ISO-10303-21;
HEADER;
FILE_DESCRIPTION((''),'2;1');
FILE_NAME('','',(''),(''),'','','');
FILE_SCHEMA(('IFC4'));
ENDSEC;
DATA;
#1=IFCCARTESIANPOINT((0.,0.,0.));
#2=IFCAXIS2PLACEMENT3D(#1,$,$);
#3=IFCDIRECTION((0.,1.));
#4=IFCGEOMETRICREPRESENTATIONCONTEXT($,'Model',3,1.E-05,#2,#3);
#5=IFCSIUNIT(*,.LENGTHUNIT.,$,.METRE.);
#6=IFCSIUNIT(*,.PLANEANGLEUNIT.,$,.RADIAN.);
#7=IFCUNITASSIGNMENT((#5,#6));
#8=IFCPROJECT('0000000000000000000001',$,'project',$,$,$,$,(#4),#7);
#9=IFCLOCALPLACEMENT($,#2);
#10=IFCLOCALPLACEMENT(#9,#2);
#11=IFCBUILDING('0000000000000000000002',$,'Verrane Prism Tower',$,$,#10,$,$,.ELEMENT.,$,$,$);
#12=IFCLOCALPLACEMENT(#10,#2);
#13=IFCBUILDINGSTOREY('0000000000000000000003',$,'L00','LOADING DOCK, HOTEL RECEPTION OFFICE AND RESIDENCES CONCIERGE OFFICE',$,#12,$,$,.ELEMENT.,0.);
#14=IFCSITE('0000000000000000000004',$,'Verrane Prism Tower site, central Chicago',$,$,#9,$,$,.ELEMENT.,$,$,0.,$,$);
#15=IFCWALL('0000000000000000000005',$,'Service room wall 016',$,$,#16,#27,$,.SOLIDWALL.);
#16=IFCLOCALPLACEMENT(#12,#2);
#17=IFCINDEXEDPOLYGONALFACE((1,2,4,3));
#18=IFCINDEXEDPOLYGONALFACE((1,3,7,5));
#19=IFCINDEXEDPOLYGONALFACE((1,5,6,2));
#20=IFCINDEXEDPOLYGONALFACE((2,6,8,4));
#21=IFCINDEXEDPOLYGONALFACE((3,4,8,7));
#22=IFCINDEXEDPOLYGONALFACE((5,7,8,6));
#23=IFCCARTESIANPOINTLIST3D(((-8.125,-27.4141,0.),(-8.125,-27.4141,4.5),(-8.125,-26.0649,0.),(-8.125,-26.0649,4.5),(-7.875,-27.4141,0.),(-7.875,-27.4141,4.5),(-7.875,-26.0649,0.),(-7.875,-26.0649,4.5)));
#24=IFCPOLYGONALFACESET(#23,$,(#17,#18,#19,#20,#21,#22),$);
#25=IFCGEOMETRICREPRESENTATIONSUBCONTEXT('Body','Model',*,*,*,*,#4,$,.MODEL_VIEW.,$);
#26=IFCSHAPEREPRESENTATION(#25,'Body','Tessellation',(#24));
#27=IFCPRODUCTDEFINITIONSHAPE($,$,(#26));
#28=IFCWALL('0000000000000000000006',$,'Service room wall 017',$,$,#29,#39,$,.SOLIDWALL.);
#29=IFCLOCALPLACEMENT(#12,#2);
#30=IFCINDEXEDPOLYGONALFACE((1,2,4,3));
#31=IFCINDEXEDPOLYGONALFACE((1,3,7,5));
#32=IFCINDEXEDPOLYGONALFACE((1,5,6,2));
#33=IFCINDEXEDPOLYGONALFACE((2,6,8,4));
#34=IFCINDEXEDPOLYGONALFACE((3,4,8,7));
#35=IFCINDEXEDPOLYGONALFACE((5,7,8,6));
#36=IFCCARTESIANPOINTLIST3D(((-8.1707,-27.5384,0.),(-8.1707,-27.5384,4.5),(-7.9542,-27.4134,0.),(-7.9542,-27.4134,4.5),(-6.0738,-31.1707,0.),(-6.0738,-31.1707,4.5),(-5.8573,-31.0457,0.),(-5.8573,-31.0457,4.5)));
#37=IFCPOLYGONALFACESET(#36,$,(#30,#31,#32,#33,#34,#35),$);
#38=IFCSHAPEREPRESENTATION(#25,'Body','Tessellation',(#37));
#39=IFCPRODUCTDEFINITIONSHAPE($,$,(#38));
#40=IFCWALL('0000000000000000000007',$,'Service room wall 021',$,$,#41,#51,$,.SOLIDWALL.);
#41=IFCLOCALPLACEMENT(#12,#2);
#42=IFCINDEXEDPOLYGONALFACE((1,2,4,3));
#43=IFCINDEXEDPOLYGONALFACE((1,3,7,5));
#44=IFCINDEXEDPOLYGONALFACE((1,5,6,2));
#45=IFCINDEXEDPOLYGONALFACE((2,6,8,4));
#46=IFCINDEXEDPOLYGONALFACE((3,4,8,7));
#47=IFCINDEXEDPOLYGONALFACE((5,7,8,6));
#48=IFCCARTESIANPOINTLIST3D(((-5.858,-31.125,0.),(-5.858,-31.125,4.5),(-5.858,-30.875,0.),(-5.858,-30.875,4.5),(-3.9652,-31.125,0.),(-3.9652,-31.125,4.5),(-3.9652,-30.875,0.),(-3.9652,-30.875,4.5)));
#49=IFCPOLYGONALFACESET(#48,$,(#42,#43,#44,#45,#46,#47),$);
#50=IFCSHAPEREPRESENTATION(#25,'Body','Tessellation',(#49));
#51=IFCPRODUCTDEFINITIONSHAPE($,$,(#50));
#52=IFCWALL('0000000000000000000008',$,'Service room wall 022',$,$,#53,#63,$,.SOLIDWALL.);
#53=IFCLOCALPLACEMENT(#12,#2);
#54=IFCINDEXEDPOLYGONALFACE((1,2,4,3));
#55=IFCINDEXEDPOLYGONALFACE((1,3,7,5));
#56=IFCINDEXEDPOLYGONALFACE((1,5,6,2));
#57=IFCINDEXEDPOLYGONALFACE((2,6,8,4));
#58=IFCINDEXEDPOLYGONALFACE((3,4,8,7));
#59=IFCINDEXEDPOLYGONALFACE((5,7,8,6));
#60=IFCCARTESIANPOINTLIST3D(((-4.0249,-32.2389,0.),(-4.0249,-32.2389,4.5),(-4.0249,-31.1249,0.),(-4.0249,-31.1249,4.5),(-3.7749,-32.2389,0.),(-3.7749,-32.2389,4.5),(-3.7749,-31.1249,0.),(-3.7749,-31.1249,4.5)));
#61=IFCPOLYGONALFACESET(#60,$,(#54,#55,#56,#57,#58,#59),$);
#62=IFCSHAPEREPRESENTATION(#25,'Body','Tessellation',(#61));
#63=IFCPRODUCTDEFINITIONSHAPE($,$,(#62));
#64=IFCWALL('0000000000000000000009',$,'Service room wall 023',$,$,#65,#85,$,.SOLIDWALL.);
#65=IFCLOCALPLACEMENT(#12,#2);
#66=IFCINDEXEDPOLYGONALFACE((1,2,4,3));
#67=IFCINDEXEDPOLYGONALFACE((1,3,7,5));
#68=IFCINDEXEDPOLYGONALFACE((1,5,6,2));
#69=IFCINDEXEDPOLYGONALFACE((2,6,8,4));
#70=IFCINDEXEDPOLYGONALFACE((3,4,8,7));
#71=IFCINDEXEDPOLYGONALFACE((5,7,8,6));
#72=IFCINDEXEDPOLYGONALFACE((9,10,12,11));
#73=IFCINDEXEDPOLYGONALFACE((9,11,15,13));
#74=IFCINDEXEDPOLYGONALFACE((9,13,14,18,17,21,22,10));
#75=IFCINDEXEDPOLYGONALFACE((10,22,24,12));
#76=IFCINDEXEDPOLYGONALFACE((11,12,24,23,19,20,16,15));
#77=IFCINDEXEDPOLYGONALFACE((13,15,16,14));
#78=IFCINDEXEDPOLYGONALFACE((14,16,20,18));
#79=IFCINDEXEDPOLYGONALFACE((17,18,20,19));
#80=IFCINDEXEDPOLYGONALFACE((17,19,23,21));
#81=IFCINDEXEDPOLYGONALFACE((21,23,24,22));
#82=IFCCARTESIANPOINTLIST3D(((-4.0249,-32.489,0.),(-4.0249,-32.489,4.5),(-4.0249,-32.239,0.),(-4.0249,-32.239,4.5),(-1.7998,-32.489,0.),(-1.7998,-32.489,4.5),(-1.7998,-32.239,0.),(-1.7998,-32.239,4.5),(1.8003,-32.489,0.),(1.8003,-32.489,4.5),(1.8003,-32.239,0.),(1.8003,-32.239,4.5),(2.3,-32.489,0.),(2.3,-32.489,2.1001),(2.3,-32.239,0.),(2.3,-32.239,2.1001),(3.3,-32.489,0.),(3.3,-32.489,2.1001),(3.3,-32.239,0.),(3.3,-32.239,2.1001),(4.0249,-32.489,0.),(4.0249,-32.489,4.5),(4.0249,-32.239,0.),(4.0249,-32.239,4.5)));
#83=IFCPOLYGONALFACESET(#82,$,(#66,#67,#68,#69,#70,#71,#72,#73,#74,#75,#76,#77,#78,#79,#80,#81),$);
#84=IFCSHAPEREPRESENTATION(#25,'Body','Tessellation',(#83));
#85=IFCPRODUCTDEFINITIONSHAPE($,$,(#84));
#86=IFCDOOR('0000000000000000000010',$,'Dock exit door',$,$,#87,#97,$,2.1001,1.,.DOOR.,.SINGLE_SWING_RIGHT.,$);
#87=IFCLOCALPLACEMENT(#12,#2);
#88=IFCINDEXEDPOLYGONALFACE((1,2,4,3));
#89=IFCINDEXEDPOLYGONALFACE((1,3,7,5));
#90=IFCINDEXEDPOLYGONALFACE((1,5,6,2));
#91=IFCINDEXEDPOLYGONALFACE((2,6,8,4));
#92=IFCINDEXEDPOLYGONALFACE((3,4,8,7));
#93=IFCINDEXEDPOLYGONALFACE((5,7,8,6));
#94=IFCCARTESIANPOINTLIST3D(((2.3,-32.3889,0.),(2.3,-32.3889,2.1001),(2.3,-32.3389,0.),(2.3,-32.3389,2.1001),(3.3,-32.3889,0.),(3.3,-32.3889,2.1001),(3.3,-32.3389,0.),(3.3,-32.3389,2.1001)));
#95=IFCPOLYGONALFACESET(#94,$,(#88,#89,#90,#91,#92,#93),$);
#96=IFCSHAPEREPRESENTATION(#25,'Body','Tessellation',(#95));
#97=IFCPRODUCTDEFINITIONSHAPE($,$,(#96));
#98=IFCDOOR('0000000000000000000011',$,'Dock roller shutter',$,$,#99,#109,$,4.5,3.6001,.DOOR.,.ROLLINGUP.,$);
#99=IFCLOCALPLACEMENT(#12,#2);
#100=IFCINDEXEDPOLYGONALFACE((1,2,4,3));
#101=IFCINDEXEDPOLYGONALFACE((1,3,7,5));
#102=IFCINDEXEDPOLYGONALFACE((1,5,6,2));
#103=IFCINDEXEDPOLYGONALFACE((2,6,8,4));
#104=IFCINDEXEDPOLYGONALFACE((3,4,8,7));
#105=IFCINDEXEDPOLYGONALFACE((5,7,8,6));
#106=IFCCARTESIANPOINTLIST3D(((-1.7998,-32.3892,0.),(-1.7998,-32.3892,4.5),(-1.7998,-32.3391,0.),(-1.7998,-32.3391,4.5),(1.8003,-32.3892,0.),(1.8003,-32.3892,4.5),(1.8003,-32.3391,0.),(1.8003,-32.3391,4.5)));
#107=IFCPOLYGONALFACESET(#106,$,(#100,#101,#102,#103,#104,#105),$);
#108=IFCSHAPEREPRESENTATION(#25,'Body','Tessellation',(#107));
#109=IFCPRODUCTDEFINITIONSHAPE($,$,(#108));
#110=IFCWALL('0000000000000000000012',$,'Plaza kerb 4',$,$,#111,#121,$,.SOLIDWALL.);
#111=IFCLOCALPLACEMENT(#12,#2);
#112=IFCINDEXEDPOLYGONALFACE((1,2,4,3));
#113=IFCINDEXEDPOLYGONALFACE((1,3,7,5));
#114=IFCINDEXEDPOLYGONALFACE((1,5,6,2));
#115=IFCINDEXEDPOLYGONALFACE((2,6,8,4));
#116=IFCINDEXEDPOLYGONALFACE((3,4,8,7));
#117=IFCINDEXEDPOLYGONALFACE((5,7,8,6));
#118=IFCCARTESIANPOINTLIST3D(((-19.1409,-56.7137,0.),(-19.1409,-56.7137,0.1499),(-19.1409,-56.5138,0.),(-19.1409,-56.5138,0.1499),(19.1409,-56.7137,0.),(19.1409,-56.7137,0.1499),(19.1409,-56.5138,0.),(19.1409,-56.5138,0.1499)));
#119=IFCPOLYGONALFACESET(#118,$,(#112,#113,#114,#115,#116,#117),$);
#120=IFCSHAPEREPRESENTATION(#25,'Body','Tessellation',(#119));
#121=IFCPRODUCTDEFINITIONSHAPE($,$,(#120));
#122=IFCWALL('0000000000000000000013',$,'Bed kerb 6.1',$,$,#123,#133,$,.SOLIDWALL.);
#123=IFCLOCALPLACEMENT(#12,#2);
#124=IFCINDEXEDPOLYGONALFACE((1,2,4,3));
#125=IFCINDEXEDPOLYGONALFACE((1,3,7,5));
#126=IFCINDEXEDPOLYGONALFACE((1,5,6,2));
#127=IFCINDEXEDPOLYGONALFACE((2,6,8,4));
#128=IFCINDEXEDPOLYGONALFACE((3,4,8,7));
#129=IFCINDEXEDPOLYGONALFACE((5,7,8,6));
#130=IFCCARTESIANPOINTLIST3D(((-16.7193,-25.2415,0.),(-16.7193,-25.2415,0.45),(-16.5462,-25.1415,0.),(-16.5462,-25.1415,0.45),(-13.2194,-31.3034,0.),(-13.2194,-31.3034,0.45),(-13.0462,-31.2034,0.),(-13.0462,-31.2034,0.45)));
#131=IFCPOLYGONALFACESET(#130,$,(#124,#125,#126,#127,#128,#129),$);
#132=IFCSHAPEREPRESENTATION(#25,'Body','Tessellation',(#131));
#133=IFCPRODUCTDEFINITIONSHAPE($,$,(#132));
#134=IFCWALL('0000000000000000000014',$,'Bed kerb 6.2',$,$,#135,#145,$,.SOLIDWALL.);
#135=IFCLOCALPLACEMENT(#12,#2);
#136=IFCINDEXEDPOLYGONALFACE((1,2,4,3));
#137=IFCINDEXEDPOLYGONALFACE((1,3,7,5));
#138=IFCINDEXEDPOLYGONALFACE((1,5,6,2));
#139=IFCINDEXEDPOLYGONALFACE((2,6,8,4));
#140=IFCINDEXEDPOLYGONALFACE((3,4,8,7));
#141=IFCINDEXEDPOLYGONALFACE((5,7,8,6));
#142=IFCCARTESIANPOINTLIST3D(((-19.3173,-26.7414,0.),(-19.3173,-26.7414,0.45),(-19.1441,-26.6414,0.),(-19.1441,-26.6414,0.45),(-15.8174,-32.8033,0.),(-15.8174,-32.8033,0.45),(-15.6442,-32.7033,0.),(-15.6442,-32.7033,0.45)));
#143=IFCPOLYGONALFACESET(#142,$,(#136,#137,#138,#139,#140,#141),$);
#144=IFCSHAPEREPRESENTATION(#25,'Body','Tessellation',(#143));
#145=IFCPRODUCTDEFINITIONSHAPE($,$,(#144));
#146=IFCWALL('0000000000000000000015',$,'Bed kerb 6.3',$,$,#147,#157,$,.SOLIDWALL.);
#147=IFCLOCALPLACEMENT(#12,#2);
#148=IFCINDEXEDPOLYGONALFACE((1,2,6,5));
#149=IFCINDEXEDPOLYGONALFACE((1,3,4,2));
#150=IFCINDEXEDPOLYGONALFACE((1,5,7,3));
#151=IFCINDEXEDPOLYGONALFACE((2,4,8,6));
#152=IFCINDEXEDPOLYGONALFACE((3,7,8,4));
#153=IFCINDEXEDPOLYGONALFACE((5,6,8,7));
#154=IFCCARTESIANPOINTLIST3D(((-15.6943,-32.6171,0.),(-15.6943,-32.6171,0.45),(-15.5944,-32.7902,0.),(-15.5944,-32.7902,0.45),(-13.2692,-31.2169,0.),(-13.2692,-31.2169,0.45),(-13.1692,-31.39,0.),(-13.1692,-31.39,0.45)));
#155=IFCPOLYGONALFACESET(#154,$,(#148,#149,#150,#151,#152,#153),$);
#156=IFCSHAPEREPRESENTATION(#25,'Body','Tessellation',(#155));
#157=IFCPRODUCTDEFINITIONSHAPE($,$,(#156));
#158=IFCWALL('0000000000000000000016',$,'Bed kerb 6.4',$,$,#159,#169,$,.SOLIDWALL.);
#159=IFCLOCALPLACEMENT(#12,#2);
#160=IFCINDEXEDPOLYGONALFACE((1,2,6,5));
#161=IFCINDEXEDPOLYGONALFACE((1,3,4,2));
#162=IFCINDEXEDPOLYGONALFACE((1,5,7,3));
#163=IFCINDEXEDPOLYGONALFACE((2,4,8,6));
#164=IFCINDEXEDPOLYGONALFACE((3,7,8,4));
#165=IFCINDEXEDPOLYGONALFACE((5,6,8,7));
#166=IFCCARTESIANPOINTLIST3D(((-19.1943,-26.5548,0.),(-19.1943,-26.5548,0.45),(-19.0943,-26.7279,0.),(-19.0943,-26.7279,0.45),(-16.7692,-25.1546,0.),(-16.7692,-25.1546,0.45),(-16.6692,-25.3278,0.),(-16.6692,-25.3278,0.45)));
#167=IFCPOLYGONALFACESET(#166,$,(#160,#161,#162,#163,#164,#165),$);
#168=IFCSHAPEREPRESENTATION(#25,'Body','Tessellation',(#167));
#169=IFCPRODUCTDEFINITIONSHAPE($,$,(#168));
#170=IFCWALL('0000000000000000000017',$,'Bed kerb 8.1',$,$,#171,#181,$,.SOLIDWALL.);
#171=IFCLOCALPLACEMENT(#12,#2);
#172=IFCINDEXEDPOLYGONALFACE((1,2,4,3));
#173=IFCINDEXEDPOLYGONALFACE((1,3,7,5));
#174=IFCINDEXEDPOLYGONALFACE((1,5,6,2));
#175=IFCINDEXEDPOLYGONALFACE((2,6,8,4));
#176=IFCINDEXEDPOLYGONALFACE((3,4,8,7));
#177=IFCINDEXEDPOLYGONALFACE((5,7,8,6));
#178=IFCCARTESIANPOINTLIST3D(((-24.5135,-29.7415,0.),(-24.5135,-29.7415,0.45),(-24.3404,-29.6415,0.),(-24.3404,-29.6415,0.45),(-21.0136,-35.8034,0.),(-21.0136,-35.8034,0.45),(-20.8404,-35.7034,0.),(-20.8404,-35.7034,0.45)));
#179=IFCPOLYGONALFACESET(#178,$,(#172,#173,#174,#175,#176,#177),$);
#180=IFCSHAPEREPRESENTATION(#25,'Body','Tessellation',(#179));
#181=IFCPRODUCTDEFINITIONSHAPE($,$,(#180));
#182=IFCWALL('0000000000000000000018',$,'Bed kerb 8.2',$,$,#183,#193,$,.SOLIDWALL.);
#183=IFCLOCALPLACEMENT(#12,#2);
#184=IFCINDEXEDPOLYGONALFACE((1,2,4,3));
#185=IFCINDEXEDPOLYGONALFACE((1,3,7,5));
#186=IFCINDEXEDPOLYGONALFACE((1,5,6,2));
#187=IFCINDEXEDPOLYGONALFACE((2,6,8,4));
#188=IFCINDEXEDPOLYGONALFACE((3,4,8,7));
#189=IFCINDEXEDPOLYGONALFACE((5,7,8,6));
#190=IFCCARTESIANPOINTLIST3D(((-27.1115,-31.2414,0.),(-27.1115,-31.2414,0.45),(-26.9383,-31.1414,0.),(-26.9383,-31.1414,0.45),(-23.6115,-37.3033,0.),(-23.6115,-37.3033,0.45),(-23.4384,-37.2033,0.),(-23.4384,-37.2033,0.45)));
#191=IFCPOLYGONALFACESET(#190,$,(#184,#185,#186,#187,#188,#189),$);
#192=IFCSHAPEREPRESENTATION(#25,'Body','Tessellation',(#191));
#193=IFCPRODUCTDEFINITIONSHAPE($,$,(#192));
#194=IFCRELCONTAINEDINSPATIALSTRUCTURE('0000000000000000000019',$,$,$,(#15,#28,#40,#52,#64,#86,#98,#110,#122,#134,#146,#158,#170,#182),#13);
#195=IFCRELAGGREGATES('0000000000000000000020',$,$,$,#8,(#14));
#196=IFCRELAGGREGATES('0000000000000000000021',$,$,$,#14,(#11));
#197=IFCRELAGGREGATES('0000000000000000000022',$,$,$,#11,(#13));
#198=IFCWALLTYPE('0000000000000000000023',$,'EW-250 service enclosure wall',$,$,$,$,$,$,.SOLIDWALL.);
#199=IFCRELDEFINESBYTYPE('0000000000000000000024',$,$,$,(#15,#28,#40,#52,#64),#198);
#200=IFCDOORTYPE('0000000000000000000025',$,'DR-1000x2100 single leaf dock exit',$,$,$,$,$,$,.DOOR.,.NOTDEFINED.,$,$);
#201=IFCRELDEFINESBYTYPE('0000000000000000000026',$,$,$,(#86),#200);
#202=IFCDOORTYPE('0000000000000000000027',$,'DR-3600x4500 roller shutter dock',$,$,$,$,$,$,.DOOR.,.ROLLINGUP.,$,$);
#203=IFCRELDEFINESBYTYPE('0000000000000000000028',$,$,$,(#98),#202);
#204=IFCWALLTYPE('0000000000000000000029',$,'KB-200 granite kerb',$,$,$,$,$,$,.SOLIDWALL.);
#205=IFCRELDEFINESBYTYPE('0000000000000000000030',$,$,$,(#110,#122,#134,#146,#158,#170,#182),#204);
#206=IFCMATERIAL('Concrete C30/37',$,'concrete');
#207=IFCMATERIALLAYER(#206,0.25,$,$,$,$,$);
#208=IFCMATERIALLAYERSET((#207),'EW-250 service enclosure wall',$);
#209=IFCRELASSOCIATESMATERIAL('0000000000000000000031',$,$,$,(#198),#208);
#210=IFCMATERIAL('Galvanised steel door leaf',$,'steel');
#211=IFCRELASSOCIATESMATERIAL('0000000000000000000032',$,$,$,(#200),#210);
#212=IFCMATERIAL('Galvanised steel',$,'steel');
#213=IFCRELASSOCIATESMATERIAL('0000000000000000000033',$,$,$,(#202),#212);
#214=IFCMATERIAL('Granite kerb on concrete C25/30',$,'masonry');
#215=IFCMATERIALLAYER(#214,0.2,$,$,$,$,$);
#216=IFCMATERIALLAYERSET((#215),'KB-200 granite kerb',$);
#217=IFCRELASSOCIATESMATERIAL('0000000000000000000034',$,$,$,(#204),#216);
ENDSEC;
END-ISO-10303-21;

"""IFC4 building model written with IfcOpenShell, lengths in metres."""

from ifc_helpers import new_model, si_unit, direction, frame, frame_2d, origin, place, context, subcontext, project, spatial, rectangle, extrude, material, layer, layer_set, type_object, element, fill, save


model = new_model("IFC4")

# Units and contexts
model_context = context("Model", 3, precision=1e-05, world=origin(), true_north=direction((0.0, 1.0)))
body_context = subcontext(model_context, "Body", "Model", "MODEL_VIEW")
ifc_project = project(units=[si_unit("LENGTHUNIT", "METRE"), si_unit("PLANEANGLEUNIT", "RADIAN")], contexts=[model_context])

# Site, building, storey
site_placement = place(None, origin())
site = spatial("IfcSite", under=ifc_project, at=site_placement, Name="Verrane Prism Tower site, central Chicago", CompositionType="ELEMENT", RefElevation=0.0)
building_placement = place(site_placement, origin())
building = spatial("IfcBuilding", under=site, at=building_placement, Name="Verrane Prism Tower", CompositionType="ELEMENT")
storey_placement = place(building_placement, origin())
storey = spatial("IfcBuildingStorey", under=building, at=storey_placement, Name="L00", Description="LOADING DOCK, HOTEL RECEPTION OFFICE AND RESIDENCES CONCIERGE OFFICE", CompositionType="ELEMENT", Elevation=0.0)

# Walls
ifc_material_1 = material(Name="Concrete C30/37", Category="concrete")
ifc_layer_1 = layer(ifc_material_1, 0.25)
ifc_layer_set_1 = layer_set([ifc_layer_1], Name="EW-250 service enclosure wall")
wall_type_1 = type_object("IfcWallType", Name="EW-250 service enclosure wall", PredefinedType="SOLIDWALL", material=ifc_layer_set_1)
wall_1_placement = place(storey_placement, frame((-8.0, -27.4141, 0.0), z_axis=(0.0, 0.0, 1.0), x_axis=(0.0, 1.0, 0.0)))
element("IfcWall", 1, at=wall_1_placement, inside=storey, type_object=wall_type_1, Name="Service room wall 016", PredefinedType="SOLIDWALL", context=body_context, shape_type="SweptSolid", body=[
    extrude(rectangle(XDim=1.3491, YDim=0.25, at=frame_2d((0.6746, 0.0))), origin(), (0.0, 0.0, 1.0), 4.5),
])
wall_2_placement = place(storey_placement, frame((-8.0625, -27.4758, 0.0), z_axis=(0.0, 0.0, 1.0), x_axis=(0.499964, -0.866046, 0.0)))
element("IfcWall", 2, at=wall_2_placement, inside=storey, type_object=wall_type_1, Name="Service room wall 017", PredefinedType="SOLIDWALL", context=body_context, shape_type="SweptSolid", body=[
    extrude(rectangle(XDim=4.1941, YDim=0.25, at=frame_2d((2.0972, 0.0))), origin(), (0.0, 0.0, 1.0), 4.5),
])
wall_3_placement = place(storey_placement, frame((-5.8579, -31.0, 0.0), z_axis=(0.0, 0.0, 1.0), x_axis=(1.0, 0.0, 0.0)))
element("IfcWall", 3, at=wall_3_placement, inside=storey, type_object=wall_type_1, Name="Service room wall 021", PredefinedType="SOLIDWALL", context=body_context, shape_type="SweptSolid", body=[
    extrude(rectangle(XDim=1.8928, YDim=0.25, at=frame_2d((0.9463, 0.0))), origin(), (0.0, 0.0, 1.0), 4.5),
])
wall_4_placement = place(storey_placement, frame((-3.8999, -32.239, 0.0), z_axis=(0.0, 0.0, 1.0), x_axis=(0.0, 1.0, 0.0)))
element("IfcWall", 4, at=wall_4_placement, inside=storey, type_object=wall_type_1, Name="Service room wall 022", PredefinedType="SOLIDWALL", context=body_context, shape_type="SweptSolid", body=[
    extrude(rectangle(XDim=1.114, YDim=0.25, at=frame_2d((0.5571, 0.0))), origin(), (0.0, 0.0, 1.0), 4.5),
])

# Wall, openings, doors
wall_5_placement = place(storey_placement, frame((-4.0249, -32.364, 0.0), z_axis=(0.0, 0.0, 1.0), x_axis=(1.0, 0.0, 0.0)))
wall_5 = element("IfcWall", 5, at=wall_5_placement, inside=storey, type_object=wall_type_1, Name="Service room wall 023", PredefinedType="SOLIDWALL", context=body_context, shape_type="SweptSolid", body=[
    extrude(rectangle(XDim=8.0498, YDim=0.25, at=frame_2d((4.0249, 0.0))), origin(), (0.0, 0.0, 1.0), 4.5),
])
opening_1_placement = place(wall_5_placement, frame((2.2251, 0.0, 0.0)))
opening_1 = element("IfcOpeningElement", 6, at=opening_1_placement, cuts=wall_5, PredefinedType="OPENING", context=body_context, shape_type="SweptSolid", body=[
    extrude(rectangle(XDim=3.6001, YDim=4.5, at=frame_2d((1.8, 2.25))), frame((0.0, 0.135, 0.0), z_axis=(0.0, -1.0, 0.0), x_axis=(1.0, 0.0, 0.0)), (0.0, 0.0, 1.0), 0.27),
])
opening_2_placement = place(wall_5_placement, frame((6.325, 0.0, 0.0)))
opening_2 = element("IfcOpeningElement", 7, at=opening_2_placement, cuts=wall_5, PredefinedType="OPENING", context=body_context, shape_type="SweptSolid", body=[
    extrude(rectangle(XDim=1.0, YDim=2.1001, at=frame_2d((0.5, 1.05))), frame((0.0, 0.135, 0.0), z_axis=(0.0, -1.0, 0.0), x_axis=(1.0, 0.0, 0.0)), (0.0, 0.0, 1.0), 0.27),
])
ifc_material_2 = material(Name="Galvanised steel door leaf", Category="steel")
door_type_1 = type_object("IfcDoorType", Name="DR-1000x2100 single leaf dock exit", OperationType="NOTDEFINED", PredefinedType="DOOR", material=ifc_material_2)
door_1_placement = place(opening_2_placement, frame((1.0, 0.0, 0.0), z_axis=(0.0, 0.0, 1.0), x_axis=(-1.0, 0.0, 0.0)))
door_1 = element("IfcDoor", 8, at=door_1_placement, inside=storey, type_object=door_type_1, Name="Dock exit door", OperationType="SINGLE_SWING_RIGHT", OverallHeight=2.1001, OverallWidth=1.0, PredefinedType="DOOR", context=body_context, shape_type="SweptSolid", body=[
    extrude(rectangle(XDim=1.0, YDim=2.1001, at=frame_2d((0.5, 1.05))), frame((0.0, 0.0249, 0.0), z_axis=(0.0, -1.0, 0.0), x_axis=(1.0, 0.0, 0.0)), (0.0, 0.0, 1.0), 0.05),
])
fill(opening_2, door_1)
ifc_material_3 = material(Name="Galvanised steel", Category="steel")
door_type_2 = type_object("IfcDoorType", Name="DR-3600x4500 roller shutter dock", OperationType="ROLLINGUP", PredefinedType="DOOR", material=ifc_material_3)
door_2_placement = place(opening_1_placement, origin())
door_2 = element("IfcDoor", 9, at=door_2_placement, inside=storey, type_object=door_type_2, Name="Dock roller shutter", OperationType="ROLLINGUP", OverallHeight=4.5, OverallWidth=3.6001, PredefinedType="DOOR", context=body_context, shape_type="SweptSolid", body=[
    extrude(rectangle(XDim=3.6001, YDim=4.5, at=frame_2d((1.8, 2.25))), frame((0.0, 0.0249, 0.0), z_axis=(0.0, -1.0, 0.0), x_axis=(1.0, 0.0, 0.0)), (0.0, 0.0, 1.0), 0.05),
])
fill(opening_1, door_2)

# Walls
ifc_material_4 = material(Name="Granite kerb on concrete C25/30", Category="masonry")
ifc_layer_2 = layer(ifc_material_4, 0.2)
ifc_layer_set_2 = layer_set([ifc_layer_2], Name="KB-200 granite kerb")
wall_type_2 = type_object("IfcWallType", Name="KB-200 granite kerb", PredefinedType="SOLIDWALL", material=ifc_layer_set_2)
wall_6_placement = place(storey_placement, frame((-19.1409, -56.6138, 0.0), z_axis=(0.0, 0.0, 1.0), x_axis=(1.0, 0.0, 0.0)))
element("IfcWall", 10, at=wall_6_placement, inside=storey, type_object=wall_type_2, Name="Plaza kerb 4", PredefinedType="SOLIDWALL", context=body_context, shape_type="SweptSolid", body=[
    extrude(rectangle(XDim=38.2817, YDim=0.2, at=frame_2d((19.1409, 0.0))), origin(), (0.0, 0.0, 1.0), 0.1499),
])
for number, where, z_axis, x_axis, name in (
    (11, (-16.6328, -25.1914, 0.0), (0.0, 0.0, 1.0), (0.50001, -0.866019, 0.0), "Bed kerb 6.1"),
    (12, (-15.7307, -32.7534, 0.0), (0.0, 0.0, 1.0), (-0.50001, 0.866019, 0.0), "Bed kerb 6.2"),
):
    element("IfcWall", number, at=place(storey_placement, frame(where, z_axis=z_axis, x_axis=x_axis)), inside=storey, type_object=wall_type_2, Name=name, PredefinedType="SOLIDWALL", context=body_context, shape_type="SweptSolid", body=[
        extrude(rectangle(XDim=6.9998, YDim=0.2, at=frame_2d((3.5, 0.0))), origin(), (0.0, 0.0, 1.0), 0.45),
    ])
for number, where, z_axis, x_axis, name in (
    (13, (-13.2192, -31.3035, 0.0), (0.0, 0.0, 1.0), (-0.866019, -0.500012, 0.0), "Bed kerb 6.3"),
    (14, (-19.1443, -26.6414, 0.0), (0.0, 0.0, 1.0), (0.866019, 0.500012, 0.0), "Bed kerb 6.4"),
):
    element("IfcWall", number, at=place(storey_placement, frame(where, z_axis=z_axis, x_axis=x_axis)), inside=storey, type_object=wall_type_2, Name=name, PredefinedType="SOLIDWALL", context=body_context, shape_type="SweptSolid", body=[
        extrude(rectangle(XDim=2.8003, YDim=0.2, at=frame_2d((1.4001, 0.0))), origin(), (0.0, 0.0, 1.0), 0.45),
    ])
for number, where, z_axis, x_axis, name in (
    (15, (-24.427, -29.6914, 0.0), (0.0, 0.0, 1.0), (0.50001, -0.866019, 0.0), "Bed kerb 8.1"),
    (16, (-23.5249, -37.2534, 0.0), (0.0, 0.0, 1.0), (-0.50001, 0.866019, 0.0), "Bed kerb 8.2"),
):
    element("IfcWall", number, at=place(storey_placement, frame(where, z_axis=z_axis, x_axis=x_axis)), inside=storey, type_object=wall_type_2, Name=name, PredefinedType="SOLIDWALL", context=body_context, shape_type="SweptSolid", body=[
        extrude(rectangle(XDim=6.9998, YDim=0.2, at=frame_2d((3.5, 0.0))), origin(), (0.0, 0.0, 1.0), 0.45),
    ])

save(model, "model.ifc")
